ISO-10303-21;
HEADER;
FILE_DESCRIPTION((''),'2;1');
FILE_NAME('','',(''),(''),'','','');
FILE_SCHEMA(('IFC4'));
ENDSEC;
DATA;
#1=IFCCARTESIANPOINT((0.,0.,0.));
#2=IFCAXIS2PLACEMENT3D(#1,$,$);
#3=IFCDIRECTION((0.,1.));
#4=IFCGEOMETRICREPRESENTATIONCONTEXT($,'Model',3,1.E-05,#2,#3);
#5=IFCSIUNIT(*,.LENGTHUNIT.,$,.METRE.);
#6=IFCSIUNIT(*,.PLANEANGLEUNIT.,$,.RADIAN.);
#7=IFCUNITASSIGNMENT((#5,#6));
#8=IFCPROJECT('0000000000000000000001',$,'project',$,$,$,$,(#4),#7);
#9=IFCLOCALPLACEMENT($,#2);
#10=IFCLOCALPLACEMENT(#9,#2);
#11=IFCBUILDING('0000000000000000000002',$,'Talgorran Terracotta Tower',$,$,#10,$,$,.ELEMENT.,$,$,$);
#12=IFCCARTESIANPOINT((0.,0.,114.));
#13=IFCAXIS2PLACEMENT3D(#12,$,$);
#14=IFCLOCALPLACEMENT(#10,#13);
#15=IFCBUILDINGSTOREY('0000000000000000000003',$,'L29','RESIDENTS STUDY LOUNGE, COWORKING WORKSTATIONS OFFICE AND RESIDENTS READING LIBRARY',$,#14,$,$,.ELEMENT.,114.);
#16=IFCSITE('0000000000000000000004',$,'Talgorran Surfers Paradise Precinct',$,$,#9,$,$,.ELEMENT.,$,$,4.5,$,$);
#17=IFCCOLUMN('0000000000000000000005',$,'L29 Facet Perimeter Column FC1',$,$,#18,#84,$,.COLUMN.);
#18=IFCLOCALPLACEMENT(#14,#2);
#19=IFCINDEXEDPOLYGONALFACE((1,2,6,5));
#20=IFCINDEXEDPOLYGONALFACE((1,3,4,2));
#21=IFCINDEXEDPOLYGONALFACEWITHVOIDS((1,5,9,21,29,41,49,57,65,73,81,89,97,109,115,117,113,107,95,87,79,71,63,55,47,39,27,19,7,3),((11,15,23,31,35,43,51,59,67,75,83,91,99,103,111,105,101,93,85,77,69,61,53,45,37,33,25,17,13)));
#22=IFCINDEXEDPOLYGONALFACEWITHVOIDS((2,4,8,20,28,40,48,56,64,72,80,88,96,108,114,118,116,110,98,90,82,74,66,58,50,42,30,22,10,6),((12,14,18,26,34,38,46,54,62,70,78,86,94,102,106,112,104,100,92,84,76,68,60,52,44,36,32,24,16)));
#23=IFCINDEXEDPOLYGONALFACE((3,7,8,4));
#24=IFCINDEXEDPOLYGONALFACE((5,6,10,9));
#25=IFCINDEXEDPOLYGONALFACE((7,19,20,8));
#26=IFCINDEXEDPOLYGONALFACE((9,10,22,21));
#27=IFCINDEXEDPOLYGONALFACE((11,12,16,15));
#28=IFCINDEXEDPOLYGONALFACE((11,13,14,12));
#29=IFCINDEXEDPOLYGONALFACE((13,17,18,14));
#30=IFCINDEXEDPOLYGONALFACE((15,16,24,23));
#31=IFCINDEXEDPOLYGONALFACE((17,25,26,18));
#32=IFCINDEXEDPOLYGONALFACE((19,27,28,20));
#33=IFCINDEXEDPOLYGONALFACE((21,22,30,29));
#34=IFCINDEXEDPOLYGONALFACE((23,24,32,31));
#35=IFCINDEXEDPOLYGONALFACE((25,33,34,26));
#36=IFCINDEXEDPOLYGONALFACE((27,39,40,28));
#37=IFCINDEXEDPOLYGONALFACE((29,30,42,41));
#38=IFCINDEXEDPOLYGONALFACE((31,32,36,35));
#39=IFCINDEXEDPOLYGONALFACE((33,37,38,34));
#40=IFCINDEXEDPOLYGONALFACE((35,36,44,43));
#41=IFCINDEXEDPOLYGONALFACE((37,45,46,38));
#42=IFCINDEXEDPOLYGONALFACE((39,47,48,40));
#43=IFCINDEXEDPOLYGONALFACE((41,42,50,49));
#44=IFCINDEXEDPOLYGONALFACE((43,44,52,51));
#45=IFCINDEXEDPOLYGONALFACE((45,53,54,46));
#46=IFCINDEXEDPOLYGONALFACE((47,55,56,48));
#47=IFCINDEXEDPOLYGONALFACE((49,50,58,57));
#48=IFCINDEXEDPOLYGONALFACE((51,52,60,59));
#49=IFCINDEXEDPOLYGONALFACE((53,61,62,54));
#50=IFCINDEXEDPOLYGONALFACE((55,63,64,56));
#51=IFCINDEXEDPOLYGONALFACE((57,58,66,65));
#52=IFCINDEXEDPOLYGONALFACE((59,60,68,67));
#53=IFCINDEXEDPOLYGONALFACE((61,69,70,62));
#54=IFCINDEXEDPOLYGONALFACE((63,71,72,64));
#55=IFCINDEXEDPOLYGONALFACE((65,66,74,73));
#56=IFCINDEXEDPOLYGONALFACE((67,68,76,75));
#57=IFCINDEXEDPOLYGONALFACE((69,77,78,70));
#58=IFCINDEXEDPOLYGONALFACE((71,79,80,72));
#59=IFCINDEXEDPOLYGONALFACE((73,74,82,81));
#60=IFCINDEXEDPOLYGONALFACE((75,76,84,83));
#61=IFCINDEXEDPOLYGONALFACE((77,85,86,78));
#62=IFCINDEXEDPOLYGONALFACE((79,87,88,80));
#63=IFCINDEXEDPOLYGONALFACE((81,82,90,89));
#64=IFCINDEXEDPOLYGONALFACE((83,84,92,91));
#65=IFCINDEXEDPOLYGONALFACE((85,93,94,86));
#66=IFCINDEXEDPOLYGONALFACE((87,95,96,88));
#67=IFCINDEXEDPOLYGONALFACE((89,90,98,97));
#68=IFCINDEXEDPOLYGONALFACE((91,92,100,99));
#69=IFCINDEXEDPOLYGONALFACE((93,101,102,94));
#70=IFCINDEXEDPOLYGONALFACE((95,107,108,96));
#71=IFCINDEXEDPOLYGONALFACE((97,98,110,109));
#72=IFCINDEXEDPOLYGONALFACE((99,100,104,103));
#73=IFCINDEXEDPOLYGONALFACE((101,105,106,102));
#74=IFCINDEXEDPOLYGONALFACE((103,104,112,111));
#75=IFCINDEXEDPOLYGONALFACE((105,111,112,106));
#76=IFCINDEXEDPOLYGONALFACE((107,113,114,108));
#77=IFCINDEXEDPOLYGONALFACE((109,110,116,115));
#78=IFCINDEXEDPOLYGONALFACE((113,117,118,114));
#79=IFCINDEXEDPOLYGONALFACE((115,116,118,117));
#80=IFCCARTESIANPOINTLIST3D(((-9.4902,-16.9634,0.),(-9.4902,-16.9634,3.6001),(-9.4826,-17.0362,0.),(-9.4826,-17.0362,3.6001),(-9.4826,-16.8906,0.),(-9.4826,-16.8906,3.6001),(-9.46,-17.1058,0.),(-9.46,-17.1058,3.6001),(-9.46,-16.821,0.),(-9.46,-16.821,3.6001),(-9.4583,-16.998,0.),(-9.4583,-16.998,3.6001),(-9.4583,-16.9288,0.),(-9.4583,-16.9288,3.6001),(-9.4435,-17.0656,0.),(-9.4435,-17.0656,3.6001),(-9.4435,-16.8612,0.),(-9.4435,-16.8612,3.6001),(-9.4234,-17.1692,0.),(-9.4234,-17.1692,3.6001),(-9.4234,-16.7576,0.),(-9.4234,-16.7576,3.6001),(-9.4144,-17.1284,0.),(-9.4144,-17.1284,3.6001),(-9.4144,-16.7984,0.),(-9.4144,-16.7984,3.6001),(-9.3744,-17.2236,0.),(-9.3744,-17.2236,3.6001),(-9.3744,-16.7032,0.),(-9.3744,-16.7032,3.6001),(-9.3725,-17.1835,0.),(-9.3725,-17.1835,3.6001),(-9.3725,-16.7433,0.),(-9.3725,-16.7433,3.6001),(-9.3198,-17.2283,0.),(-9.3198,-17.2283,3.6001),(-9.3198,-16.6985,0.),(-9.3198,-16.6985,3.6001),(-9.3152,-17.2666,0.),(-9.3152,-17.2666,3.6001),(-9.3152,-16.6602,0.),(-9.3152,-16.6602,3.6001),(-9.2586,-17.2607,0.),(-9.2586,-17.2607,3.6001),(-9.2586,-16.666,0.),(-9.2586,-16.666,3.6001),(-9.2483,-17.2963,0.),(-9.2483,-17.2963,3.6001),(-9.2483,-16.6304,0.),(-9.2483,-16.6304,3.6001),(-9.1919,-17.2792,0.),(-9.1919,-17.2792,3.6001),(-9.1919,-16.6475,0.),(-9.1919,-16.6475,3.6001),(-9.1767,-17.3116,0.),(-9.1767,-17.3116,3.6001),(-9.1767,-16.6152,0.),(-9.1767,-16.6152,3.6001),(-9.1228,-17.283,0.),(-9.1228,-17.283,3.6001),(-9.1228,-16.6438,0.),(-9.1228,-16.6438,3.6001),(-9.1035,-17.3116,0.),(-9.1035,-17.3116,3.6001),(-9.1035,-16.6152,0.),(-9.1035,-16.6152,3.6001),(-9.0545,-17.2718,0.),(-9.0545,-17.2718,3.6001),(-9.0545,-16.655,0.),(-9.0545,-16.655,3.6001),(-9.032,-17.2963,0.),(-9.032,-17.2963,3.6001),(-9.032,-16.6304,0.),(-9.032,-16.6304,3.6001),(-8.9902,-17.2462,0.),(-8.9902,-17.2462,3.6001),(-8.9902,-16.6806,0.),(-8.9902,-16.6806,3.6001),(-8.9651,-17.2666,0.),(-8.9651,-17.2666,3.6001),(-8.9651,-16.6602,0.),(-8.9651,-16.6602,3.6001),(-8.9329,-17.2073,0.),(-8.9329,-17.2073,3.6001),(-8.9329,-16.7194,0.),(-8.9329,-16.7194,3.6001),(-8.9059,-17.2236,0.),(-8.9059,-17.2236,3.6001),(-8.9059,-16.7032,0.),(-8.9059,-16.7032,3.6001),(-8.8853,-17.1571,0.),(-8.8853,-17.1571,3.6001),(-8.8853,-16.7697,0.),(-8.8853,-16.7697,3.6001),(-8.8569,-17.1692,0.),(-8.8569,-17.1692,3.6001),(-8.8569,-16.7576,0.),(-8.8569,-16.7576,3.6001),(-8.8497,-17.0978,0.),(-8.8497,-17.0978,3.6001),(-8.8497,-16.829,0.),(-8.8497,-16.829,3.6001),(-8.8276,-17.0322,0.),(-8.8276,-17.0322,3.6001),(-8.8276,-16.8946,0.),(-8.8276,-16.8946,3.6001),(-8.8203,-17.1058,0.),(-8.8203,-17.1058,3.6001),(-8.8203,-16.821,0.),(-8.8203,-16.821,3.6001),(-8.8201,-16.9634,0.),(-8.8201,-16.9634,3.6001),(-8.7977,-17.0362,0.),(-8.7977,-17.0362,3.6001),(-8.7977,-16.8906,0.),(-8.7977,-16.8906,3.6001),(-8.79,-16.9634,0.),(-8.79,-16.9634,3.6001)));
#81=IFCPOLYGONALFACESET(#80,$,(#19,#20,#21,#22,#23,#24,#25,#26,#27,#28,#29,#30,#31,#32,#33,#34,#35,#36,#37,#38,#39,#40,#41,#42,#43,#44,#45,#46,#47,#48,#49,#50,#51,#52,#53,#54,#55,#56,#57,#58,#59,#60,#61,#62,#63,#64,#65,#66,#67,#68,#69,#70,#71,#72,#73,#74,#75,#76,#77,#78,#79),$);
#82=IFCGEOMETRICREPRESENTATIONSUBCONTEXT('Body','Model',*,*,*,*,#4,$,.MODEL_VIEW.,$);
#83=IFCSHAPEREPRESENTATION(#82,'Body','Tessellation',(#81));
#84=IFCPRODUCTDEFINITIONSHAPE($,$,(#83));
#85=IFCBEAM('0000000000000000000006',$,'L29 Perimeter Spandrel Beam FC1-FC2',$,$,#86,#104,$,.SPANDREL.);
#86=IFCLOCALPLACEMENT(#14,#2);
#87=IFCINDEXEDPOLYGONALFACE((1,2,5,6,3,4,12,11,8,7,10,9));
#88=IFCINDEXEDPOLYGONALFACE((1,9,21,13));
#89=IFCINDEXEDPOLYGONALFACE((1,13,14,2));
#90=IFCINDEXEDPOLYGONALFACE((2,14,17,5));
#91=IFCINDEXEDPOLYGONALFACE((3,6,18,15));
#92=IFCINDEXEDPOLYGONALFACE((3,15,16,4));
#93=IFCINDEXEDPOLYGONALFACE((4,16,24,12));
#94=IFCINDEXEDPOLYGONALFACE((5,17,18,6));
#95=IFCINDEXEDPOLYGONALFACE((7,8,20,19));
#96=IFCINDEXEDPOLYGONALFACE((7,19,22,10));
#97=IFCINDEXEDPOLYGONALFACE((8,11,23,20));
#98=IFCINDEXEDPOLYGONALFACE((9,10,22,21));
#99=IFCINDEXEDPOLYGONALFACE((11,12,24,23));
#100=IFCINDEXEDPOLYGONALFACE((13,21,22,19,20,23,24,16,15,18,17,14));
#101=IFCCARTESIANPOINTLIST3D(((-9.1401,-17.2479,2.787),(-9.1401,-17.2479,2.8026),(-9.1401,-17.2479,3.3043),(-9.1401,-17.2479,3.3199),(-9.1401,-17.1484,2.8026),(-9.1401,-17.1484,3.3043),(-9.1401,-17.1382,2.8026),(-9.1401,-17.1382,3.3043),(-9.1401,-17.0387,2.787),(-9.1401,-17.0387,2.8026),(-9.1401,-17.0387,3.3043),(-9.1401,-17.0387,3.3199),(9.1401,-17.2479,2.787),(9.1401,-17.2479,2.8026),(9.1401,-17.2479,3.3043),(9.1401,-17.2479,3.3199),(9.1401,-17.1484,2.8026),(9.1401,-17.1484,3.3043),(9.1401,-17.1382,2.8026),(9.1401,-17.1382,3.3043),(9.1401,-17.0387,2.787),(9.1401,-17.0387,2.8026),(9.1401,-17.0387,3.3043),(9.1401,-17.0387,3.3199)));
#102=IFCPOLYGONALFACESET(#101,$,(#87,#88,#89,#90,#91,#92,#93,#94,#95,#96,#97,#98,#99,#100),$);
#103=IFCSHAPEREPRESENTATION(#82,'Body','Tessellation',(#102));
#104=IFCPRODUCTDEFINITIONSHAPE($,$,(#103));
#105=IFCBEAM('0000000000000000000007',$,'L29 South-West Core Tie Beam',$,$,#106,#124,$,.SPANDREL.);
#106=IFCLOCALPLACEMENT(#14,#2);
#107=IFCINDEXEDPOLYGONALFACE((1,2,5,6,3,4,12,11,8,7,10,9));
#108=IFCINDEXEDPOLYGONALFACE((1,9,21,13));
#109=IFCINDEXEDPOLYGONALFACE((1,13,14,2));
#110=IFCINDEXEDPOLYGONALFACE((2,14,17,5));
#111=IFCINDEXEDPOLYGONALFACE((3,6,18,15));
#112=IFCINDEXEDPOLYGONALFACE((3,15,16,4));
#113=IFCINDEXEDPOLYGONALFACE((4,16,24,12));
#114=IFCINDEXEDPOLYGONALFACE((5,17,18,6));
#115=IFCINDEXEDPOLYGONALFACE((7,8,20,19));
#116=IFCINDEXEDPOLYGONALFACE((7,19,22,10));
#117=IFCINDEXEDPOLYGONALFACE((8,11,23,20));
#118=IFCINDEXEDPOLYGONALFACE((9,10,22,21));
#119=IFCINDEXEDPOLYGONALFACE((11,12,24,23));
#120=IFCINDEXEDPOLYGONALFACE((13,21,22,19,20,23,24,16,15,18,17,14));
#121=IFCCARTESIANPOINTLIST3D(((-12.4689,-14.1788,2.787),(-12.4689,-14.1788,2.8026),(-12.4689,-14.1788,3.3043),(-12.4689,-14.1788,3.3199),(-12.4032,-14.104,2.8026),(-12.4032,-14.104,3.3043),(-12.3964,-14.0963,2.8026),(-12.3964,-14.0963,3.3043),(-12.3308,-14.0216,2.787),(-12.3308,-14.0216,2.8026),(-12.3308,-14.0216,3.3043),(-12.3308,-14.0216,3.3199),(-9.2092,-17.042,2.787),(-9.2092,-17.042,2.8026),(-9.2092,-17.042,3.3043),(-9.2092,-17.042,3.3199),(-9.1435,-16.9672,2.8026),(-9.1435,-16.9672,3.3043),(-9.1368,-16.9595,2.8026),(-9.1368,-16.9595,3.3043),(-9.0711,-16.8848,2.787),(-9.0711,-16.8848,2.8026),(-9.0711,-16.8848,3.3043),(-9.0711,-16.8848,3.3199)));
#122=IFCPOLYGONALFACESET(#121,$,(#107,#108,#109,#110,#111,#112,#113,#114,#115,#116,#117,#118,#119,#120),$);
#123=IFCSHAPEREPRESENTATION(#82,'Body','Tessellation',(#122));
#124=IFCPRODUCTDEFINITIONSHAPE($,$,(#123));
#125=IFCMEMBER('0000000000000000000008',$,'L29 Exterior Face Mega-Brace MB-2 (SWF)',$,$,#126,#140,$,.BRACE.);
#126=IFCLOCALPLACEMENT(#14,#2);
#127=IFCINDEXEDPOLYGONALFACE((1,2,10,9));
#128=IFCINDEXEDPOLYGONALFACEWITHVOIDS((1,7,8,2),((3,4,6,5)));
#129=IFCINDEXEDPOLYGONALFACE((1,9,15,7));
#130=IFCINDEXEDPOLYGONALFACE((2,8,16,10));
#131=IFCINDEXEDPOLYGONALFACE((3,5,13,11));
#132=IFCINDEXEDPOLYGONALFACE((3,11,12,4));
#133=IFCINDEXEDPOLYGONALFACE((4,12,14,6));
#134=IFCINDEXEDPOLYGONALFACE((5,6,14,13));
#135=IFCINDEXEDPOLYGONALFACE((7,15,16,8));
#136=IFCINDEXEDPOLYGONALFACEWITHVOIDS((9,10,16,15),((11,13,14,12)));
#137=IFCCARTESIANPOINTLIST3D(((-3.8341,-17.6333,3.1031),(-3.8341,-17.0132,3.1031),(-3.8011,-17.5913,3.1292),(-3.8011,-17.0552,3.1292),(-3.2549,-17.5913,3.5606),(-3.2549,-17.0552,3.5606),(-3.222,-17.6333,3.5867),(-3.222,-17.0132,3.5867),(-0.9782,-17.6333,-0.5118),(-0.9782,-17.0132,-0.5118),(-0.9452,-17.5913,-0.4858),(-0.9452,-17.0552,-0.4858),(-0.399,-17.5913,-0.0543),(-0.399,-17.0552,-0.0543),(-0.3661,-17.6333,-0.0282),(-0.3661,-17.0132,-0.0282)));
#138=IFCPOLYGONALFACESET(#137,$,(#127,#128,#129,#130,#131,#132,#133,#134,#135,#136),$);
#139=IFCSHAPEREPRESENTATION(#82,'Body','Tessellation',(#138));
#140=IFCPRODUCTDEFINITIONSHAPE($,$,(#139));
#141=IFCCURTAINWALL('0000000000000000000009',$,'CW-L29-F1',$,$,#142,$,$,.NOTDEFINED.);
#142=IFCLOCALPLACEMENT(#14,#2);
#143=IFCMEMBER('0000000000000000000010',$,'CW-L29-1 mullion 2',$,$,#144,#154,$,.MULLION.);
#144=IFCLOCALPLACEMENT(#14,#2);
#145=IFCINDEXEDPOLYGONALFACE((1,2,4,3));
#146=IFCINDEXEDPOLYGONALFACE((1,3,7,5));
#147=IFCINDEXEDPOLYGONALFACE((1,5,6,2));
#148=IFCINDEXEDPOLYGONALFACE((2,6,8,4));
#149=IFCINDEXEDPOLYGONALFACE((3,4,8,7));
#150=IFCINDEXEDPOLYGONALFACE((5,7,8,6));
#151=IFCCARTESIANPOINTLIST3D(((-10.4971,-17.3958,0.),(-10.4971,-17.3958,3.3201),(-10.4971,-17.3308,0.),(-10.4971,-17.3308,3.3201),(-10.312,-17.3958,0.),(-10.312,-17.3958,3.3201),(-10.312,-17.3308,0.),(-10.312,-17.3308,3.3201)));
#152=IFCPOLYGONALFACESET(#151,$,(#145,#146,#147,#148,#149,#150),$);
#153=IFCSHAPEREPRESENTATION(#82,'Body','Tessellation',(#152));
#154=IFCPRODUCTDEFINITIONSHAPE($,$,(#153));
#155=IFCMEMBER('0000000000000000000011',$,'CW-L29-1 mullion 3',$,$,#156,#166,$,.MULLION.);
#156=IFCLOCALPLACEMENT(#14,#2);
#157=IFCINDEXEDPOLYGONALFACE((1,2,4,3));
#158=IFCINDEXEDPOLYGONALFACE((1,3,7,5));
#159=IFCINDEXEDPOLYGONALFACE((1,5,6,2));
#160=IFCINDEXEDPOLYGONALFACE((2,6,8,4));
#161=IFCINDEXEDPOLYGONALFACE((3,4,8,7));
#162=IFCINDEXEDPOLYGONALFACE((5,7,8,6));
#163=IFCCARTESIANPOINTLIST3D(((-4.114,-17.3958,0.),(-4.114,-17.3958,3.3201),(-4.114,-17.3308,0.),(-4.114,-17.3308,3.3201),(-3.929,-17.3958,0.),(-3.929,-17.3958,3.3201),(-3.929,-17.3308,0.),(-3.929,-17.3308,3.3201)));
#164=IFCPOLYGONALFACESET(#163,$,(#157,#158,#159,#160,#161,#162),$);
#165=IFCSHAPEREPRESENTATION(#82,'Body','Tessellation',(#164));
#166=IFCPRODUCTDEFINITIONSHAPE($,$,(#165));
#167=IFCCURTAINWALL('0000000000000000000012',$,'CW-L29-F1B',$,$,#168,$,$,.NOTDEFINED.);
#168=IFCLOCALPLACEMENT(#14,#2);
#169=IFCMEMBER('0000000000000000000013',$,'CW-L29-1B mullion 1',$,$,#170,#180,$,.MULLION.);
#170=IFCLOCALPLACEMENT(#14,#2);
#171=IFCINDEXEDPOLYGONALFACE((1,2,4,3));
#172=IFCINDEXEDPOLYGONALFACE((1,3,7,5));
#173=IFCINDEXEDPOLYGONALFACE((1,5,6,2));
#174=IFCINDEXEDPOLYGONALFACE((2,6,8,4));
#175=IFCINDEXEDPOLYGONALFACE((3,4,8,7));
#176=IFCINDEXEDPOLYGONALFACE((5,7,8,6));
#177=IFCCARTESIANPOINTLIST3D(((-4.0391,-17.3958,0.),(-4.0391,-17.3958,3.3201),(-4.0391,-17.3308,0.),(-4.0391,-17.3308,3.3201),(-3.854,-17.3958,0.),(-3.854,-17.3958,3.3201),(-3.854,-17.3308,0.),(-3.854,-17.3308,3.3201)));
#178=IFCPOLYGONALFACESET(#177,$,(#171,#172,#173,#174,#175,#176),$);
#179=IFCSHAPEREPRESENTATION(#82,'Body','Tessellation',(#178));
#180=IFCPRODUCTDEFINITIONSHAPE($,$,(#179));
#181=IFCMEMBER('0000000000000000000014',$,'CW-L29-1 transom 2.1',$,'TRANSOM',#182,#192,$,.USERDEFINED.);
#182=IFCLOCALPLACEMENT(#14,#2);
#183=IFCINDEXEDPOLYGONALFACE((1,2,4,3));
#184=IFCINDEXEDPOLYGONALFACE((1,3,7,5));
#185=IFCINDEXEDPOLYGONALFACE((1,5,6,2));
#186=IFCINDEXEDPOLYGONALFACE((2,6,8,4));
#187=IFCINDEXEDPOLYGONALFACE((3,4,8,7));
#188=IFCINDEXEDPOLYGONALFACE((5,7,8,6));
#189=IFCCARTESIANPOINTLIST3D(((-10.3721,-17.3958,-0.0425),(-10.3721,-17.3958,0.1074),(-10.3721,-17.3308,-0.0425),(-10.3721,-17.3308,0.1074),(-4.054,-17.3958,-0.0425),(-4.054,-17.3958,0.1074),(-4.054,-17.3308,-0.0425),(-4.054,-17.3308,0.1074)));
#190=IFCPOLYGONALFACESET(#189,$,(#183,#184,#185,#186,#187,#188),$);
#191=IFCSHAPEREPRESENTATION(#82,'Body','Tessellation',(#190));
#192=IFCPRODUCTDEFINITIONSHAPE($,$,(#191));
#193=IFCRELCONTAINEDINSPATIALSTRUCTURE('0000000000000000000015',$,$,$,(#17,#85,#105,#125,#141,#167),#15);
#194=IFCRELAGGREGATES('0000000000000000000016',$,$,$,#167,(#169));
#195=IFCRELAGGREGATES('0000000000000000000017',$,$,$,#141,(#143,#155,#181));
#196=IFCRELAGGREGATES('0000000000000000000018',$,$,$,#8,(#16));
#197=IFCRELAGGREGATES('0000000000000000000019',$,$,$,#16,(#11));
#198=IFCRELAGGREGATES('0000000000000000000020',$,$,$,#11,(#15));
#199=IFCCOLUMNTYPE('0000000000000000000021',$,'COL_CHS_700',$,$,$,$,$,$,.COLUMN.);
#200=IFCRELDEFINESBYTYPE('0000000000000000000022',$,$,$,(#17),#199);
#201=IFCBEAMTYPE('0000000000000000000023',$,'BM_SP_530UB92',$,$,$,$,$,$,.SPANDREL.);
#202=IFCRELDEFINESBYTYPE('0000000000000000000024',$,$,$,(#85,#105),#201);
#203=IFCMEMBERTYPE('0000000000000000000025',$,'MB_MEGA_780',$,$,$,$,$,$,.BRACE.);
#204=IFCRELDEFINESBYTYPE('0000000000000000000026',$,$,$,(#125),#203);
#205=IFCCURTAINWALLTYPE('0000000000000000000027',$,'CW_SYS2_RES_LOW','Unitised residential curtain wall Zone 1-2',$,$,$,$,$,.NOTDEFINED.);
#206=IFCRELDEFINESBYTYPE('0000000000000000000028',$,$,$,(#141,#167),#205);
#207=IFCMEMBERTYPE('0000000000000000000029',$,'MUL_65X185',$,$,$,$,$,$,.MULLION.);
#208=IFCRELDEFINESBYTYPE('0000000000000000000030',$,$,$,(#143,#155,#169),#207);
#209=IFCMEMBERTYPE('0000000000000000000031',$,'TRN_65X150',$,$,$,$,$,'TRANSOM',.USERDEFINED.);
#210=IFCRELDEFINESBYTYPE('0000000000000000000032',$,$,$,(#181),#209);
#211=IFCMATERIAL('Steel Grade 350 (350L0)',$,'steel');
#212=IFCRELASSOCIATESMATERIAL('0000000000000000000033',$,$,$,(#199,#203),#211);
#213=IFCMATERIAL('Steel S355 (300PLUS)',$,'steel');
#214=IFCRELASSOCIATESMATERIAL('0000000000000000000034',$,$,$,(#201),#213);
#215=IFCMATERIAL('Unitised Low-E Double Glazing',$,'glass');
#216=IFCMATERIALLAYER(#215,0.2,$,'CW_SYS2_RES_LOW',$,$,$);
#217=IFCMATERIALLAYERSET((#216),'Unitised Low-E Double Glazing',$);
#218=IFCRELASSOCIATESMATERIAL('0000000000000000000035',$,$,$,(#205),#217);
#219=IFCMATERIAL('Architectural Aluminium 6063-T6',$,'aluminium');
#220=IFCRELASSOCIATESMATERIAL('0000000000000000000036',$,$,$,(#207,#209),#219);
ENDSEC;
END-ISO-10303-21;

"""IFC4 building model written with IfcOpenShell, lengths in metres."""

from ifc_helpers import new_model, si_unit, direction, frame, origin, origin_2d, place, context, subcontext, project, spatial, rectangle, hollow_rectangle, hollow_circle, i_section, extrude, material, layer, layer_set, material_profile, profile_set, type_object, element, aggregate, save


model = new_model("IFC4")

# Units and contexts
model_context = context("Model", 3, precision=1e-05, world=origin(), true_north=direction((0.0, 1.0)))
body_context = subcontext(model_context, "Body", "Model", "MODEL_VIEW")
ifc_project = project(units=[si_unit("LENGTHUNIT", "METRE"), si_unit("PLANEANGLEUNIT", "RADIAN")], contexts=[model_context])

# Site, building, storey
site_placement = place(None, origin())
site = spatial("IfcSite", under=ifc_project, at=site_placement, Name="Talgorran Surfers Paradise Precinct", CompositionType="ELEMENT", RefElevation=4.5)
building_placement = place(site_placement, origin())
building = spatial("IfcBuilding", under=site, at=building_placement, Name="Talgorran Terracotta Tower", CompositionType="ELEMENT")
storey_placement = place(building_placement, frame((0.0, 0.0, 114.0)))
storey = spatial("IfcBuildingStorey", under=building, at=storey_placement, Name="L29", Description="RESIDENTS STUDY LOUNGE, COWORKING WORKSTATIONS OFFICE AND RESIDENTS READING LIBRARY", CompositionType="ELEMENT", Elevation=114.0)

# Column
ifc_material_1 = material(Name="Steel Grade 350 (350L0)", Category="steel")
ifc_material_profile_1 = material_profile(ifc_material_1, hollow_circle(Radius=0.3501, WallThickness=0.03, at=origin_2d()), Name="CHS700X30")
ifc_profile_set_1 = profile_set([ifc_material_profile_1], Name="Steel Grade 350 (350L0)")
column_type = type_object("IfcColumnType", Name="COL_CHS_700", PredefinedType="COLUMN", material=ifc_profile_set_1)
column_placement = place(storey_placement, frame((-9.1401, -16.9634, 0.0), z_axis=(0.0, 0.0, 1.0), x_axis=(1.0, 0.0, 0.0)))
element("IfcColumn", 1, at=column_placement, inside=storey, type_object=column_type, Name="L29 Facet Perimeter Column FC1", PredefinedType="COLUMN", context=body_context, shape_type="SweptSolid", body=[
    extrude(hollow_circle(Radius=0.3501, WallThickness=0.03, at=origin_2d()), origin(), (0.0, 0.0, 1.0), 3.6001),
])

# Beams
ifc_material_2 = material(Name="Steel S355 (300PLUS)", Category="steel")
ifc_material_profile_2 = material_profile(ifc_material_2, i_section(OverallWidth=0.2092, OverallDepth=0.533, WebThickness=0.0103, FlangeThickness=0.0156, at=origin_2d()), Name="530UB92.4")
ifc_profile_set_2 = profile_set([ifc_material_profile_2], Name="Steel S355 (300PLUS)")
beam_type = type_object("IfcBeamType", Name="BM_SP_530UB92", PredefinedType="SPANDREL", material=ifc_profile_set_2)
beam_1_placement = place(storey_placement, frame((-9.1401, -17.1433, 3.0535), z_axis=(1.0, 0.0, 0.0), x_axis=(0.0, 1.0, 0.0)))
element("IfcBeam", 2, at=beam_1_placement, inside=storey, type_object=beam_type, Name="L29 Perimeter Spandrel Beam FC1-FC2", PredefinedType="SPANDREL", context=body_context, shape_type="SweptSolid", body=[
    extrude(i_section(OverallWidth=0.2092, OverallDepth=0.533, WebThickness=0.0103, FlangeThickness=0.0156, at=origin_2d()), origin(), (0.0, 0.0, 1.0), 18.2803),
])
beam_2_placement = place(storey_placement, frame((-9.1401, -16.9634, 3.0535), z_axis=(-0.75132, 0.659938, 0.0), x_axis=(-0.659938, -0.75132, 0.0)))
element("IfcBeam", 3, at=beam_2_placement, inside=storey, type_object=beam_type, Name="L29 South-West Core Tie Beam", PredefinedType="SPANDREL", context=body_context, shape_type="SweptSolid", body=[
    extrude(i_section(OverallWidth=0.2092, OverallDepth=0.533, WebThickness=0.0103, FlangeThickness=0.0156, at=origin_2d()), origin(), (0.0, 0.0, 1.0), 4.3386),
])

# Member
ifc_material_profile_3 = material_profile(ifc_material_1, hollow_rectangle(XDim=0.6201, YDim=0.78, WallThickness=0.042, at=origin_2d()), Name="WBOX780X620X42")
ifc_profile_set_3 = profile_set([ifc_material_profile_3], Name="Steel Grade 350 (350L0)")
member_type_1 = type_object("IfcMemberType", Name="MB_MEGA_780", PredefinedType="BRACE", material=ifc_profile_set_3)
member_1_placement = place(storey_placement, frame((-0.6721, -17.3232, -0.27), z_axis=(-0.619914, 0.0, 0.78467), x_axis=(0.0, -1.0, 0.0)))
element("IfcMember", 4, at=member_1_placement, inside=storey, type_object=member_type_1, Name="L29 Exterior Face Mega-Brace MB-2 (SWF)", PredefinedType="BRACE", context=body_context, shape_type="SweptSolid", body=[
    extrude(hollow_rectangle(XDim=0.6201, YDim=0.78, WallThickness=0.042, at=origin_2d()), origin(), (0.0, 0.0, 1.0), 4.6069),
])

# Curtain wall, members
ifc_material_3 = material(Name="Unitised Low-E Double Glazing", Category="glass")
ifc_layer_1 = layer(ifc_material_3, 0.2, Name="CW_SYS2_RES_LOW")
ifc_layer_set_1 = layer_set([ifc_layer_1], Name="Unitised Low-E Double Glazing")
curtain_wall_type = type_object("IfcCurtainWallType", Name="CW_SYS2_RES_LOW", Description="Unitised residential curtain wall Zone 1-2", PredefinedType="NOTDEFINED", material=ifc_layer_set_1)
curtain_wall_1_placement = place(storey_placement, origin())
curtain_wall_1 = element("IfcCurtainWall", 5, at=curtain_wall_1_placement, inside=storey, type_object=curtain_wall_type, Name="CW-L29-F1", PredefinedType="NOTDEFINED")
ifc_material_4 = material(Name="Architectural Aluminium 6063-T6", Category="aluminium")
ifc_material_profile_4 = material_profile(ifc_material_4, rectangle(XDim=0.0649, YDim=0.1851, at=origin_2d()), Name="CWM65X185")
ifc_profile_set_4 = profile_set([ifc_material_profile_4], Name="Architectural Aluminium 6063-T6")
member_type_2 = type_object("IfcMemberType", Name="MUL_65X185", PredefinedType="MULLION", material=ifc_profile_set_4)
member_2_placement = place(storey_placement, frame((-10.4045, -17.3633, 0.0), z_axis=(0.0, 0.0, 1.0), x_axis=(0.0, 1.0, 0.0)))
member_2 = element("IfcMember", 6, at=member_2_placement, type_object=member_type_2, Name="CW-L29-1 mullion 2", PredefinedType="MULLION", context=body_context, shape_type="SweptSolid", body=[
    extrude(rectangle(XDim=0.0649, YDim=0.1851, at=origin_2d()), origin(), (0.0, 0.0, 1.0), 3.3201),
])
member_3_placement = place(storey_placement, frame((-4.0215, -17.3633, 0.0), z_axis=(0.0, 0.0, 1.0), x_axis=(0.0, 1.0, 0.0)))
member_3 = element("IfcMember", 7, at=member_3_placement, type_object=member_type_2, Name="CW-L29-1 mullion 3", PredefinedType="MULLION", context=body_context, shape_type="SweptSolid", body=[
    extrude(rectangle(XDim=0.0649, YDim=0.1851, at=origin_2d()), origin(), (0.0, 0.0, 1.0), 3.3201),
])

# Curtain wall, member
curtain_wall_2_placement = place(storey_placement, origin())
curtain_wall_2 = element("IfcCurtainWall", 8, at=curtain_wall_2_placement, inside=storey, type_object=curtain_wall_type, Name="CW-L29-F1B", PredefinedType="NOTDEFINED")
member_4_placement = place(storey_placement, frame((-3.9465, -17.3633, 0.0), z_axis=(0.0, 0.0, 1.0), x_axis=(0.0, 1.0, 0.0)))
member_4 = element("IfcMember", 9, at=member_4_placement, type_object=member_type_2, Name="CW-L29-1B mullion 1", PredefinedType="MULLION", context=body_context, shape_type="SweptSolid", body=[
    extrude(rectangle(XDim=0.0649, YDim=0.1851, at=origin_2d()), origin(), (0.0, 0.0, 1.0), 3.3201),
])

# Member
ifc_material_profile_5 = material_profile(ifc_material_4, rectangle(XDim=0.0649, YDim=0.1499, at=origin_2d()), Name="CWT65X150")
ifc_profile_set_5 = profile_set([ifc_material_profile_5], Name="Architectural Aluminium 6063-T6")
member_type_3 = type_object("IfcMemberType", Name="TRN_65X150", ElementType="TRANSOM", PredefinedType="USERDEFINED", material=ifc_profile_set_5)
member_5_placement = place(storey_placement, frame((-10.3721, -17.3633, 0.0325), z_axis=(1.0, 0.0, 0.0), x_axis=(0.0, 1.0, 0.0)))
member_5 = element("IfcMember", 10, at=member_5_placement, type_object=member_type_3, Name="CW-L29-1 transom 2.1", ObjectType="TRANSOM", PredefinedType="USERDEFINED", context=body_context, shape_type="SweptSolid", body=[
    extrude(rectangle(XDim=0.0649, YDim=0.1499, at=origin_2d()), origin(), (0.0, 0.0, 1.0), 6.3181),
])
aggregate(curtain_wall_2, [member_4])

aggregate(curtain_wall_1, [member_2, member_3, member_5])

save(model, "model.ifc")
